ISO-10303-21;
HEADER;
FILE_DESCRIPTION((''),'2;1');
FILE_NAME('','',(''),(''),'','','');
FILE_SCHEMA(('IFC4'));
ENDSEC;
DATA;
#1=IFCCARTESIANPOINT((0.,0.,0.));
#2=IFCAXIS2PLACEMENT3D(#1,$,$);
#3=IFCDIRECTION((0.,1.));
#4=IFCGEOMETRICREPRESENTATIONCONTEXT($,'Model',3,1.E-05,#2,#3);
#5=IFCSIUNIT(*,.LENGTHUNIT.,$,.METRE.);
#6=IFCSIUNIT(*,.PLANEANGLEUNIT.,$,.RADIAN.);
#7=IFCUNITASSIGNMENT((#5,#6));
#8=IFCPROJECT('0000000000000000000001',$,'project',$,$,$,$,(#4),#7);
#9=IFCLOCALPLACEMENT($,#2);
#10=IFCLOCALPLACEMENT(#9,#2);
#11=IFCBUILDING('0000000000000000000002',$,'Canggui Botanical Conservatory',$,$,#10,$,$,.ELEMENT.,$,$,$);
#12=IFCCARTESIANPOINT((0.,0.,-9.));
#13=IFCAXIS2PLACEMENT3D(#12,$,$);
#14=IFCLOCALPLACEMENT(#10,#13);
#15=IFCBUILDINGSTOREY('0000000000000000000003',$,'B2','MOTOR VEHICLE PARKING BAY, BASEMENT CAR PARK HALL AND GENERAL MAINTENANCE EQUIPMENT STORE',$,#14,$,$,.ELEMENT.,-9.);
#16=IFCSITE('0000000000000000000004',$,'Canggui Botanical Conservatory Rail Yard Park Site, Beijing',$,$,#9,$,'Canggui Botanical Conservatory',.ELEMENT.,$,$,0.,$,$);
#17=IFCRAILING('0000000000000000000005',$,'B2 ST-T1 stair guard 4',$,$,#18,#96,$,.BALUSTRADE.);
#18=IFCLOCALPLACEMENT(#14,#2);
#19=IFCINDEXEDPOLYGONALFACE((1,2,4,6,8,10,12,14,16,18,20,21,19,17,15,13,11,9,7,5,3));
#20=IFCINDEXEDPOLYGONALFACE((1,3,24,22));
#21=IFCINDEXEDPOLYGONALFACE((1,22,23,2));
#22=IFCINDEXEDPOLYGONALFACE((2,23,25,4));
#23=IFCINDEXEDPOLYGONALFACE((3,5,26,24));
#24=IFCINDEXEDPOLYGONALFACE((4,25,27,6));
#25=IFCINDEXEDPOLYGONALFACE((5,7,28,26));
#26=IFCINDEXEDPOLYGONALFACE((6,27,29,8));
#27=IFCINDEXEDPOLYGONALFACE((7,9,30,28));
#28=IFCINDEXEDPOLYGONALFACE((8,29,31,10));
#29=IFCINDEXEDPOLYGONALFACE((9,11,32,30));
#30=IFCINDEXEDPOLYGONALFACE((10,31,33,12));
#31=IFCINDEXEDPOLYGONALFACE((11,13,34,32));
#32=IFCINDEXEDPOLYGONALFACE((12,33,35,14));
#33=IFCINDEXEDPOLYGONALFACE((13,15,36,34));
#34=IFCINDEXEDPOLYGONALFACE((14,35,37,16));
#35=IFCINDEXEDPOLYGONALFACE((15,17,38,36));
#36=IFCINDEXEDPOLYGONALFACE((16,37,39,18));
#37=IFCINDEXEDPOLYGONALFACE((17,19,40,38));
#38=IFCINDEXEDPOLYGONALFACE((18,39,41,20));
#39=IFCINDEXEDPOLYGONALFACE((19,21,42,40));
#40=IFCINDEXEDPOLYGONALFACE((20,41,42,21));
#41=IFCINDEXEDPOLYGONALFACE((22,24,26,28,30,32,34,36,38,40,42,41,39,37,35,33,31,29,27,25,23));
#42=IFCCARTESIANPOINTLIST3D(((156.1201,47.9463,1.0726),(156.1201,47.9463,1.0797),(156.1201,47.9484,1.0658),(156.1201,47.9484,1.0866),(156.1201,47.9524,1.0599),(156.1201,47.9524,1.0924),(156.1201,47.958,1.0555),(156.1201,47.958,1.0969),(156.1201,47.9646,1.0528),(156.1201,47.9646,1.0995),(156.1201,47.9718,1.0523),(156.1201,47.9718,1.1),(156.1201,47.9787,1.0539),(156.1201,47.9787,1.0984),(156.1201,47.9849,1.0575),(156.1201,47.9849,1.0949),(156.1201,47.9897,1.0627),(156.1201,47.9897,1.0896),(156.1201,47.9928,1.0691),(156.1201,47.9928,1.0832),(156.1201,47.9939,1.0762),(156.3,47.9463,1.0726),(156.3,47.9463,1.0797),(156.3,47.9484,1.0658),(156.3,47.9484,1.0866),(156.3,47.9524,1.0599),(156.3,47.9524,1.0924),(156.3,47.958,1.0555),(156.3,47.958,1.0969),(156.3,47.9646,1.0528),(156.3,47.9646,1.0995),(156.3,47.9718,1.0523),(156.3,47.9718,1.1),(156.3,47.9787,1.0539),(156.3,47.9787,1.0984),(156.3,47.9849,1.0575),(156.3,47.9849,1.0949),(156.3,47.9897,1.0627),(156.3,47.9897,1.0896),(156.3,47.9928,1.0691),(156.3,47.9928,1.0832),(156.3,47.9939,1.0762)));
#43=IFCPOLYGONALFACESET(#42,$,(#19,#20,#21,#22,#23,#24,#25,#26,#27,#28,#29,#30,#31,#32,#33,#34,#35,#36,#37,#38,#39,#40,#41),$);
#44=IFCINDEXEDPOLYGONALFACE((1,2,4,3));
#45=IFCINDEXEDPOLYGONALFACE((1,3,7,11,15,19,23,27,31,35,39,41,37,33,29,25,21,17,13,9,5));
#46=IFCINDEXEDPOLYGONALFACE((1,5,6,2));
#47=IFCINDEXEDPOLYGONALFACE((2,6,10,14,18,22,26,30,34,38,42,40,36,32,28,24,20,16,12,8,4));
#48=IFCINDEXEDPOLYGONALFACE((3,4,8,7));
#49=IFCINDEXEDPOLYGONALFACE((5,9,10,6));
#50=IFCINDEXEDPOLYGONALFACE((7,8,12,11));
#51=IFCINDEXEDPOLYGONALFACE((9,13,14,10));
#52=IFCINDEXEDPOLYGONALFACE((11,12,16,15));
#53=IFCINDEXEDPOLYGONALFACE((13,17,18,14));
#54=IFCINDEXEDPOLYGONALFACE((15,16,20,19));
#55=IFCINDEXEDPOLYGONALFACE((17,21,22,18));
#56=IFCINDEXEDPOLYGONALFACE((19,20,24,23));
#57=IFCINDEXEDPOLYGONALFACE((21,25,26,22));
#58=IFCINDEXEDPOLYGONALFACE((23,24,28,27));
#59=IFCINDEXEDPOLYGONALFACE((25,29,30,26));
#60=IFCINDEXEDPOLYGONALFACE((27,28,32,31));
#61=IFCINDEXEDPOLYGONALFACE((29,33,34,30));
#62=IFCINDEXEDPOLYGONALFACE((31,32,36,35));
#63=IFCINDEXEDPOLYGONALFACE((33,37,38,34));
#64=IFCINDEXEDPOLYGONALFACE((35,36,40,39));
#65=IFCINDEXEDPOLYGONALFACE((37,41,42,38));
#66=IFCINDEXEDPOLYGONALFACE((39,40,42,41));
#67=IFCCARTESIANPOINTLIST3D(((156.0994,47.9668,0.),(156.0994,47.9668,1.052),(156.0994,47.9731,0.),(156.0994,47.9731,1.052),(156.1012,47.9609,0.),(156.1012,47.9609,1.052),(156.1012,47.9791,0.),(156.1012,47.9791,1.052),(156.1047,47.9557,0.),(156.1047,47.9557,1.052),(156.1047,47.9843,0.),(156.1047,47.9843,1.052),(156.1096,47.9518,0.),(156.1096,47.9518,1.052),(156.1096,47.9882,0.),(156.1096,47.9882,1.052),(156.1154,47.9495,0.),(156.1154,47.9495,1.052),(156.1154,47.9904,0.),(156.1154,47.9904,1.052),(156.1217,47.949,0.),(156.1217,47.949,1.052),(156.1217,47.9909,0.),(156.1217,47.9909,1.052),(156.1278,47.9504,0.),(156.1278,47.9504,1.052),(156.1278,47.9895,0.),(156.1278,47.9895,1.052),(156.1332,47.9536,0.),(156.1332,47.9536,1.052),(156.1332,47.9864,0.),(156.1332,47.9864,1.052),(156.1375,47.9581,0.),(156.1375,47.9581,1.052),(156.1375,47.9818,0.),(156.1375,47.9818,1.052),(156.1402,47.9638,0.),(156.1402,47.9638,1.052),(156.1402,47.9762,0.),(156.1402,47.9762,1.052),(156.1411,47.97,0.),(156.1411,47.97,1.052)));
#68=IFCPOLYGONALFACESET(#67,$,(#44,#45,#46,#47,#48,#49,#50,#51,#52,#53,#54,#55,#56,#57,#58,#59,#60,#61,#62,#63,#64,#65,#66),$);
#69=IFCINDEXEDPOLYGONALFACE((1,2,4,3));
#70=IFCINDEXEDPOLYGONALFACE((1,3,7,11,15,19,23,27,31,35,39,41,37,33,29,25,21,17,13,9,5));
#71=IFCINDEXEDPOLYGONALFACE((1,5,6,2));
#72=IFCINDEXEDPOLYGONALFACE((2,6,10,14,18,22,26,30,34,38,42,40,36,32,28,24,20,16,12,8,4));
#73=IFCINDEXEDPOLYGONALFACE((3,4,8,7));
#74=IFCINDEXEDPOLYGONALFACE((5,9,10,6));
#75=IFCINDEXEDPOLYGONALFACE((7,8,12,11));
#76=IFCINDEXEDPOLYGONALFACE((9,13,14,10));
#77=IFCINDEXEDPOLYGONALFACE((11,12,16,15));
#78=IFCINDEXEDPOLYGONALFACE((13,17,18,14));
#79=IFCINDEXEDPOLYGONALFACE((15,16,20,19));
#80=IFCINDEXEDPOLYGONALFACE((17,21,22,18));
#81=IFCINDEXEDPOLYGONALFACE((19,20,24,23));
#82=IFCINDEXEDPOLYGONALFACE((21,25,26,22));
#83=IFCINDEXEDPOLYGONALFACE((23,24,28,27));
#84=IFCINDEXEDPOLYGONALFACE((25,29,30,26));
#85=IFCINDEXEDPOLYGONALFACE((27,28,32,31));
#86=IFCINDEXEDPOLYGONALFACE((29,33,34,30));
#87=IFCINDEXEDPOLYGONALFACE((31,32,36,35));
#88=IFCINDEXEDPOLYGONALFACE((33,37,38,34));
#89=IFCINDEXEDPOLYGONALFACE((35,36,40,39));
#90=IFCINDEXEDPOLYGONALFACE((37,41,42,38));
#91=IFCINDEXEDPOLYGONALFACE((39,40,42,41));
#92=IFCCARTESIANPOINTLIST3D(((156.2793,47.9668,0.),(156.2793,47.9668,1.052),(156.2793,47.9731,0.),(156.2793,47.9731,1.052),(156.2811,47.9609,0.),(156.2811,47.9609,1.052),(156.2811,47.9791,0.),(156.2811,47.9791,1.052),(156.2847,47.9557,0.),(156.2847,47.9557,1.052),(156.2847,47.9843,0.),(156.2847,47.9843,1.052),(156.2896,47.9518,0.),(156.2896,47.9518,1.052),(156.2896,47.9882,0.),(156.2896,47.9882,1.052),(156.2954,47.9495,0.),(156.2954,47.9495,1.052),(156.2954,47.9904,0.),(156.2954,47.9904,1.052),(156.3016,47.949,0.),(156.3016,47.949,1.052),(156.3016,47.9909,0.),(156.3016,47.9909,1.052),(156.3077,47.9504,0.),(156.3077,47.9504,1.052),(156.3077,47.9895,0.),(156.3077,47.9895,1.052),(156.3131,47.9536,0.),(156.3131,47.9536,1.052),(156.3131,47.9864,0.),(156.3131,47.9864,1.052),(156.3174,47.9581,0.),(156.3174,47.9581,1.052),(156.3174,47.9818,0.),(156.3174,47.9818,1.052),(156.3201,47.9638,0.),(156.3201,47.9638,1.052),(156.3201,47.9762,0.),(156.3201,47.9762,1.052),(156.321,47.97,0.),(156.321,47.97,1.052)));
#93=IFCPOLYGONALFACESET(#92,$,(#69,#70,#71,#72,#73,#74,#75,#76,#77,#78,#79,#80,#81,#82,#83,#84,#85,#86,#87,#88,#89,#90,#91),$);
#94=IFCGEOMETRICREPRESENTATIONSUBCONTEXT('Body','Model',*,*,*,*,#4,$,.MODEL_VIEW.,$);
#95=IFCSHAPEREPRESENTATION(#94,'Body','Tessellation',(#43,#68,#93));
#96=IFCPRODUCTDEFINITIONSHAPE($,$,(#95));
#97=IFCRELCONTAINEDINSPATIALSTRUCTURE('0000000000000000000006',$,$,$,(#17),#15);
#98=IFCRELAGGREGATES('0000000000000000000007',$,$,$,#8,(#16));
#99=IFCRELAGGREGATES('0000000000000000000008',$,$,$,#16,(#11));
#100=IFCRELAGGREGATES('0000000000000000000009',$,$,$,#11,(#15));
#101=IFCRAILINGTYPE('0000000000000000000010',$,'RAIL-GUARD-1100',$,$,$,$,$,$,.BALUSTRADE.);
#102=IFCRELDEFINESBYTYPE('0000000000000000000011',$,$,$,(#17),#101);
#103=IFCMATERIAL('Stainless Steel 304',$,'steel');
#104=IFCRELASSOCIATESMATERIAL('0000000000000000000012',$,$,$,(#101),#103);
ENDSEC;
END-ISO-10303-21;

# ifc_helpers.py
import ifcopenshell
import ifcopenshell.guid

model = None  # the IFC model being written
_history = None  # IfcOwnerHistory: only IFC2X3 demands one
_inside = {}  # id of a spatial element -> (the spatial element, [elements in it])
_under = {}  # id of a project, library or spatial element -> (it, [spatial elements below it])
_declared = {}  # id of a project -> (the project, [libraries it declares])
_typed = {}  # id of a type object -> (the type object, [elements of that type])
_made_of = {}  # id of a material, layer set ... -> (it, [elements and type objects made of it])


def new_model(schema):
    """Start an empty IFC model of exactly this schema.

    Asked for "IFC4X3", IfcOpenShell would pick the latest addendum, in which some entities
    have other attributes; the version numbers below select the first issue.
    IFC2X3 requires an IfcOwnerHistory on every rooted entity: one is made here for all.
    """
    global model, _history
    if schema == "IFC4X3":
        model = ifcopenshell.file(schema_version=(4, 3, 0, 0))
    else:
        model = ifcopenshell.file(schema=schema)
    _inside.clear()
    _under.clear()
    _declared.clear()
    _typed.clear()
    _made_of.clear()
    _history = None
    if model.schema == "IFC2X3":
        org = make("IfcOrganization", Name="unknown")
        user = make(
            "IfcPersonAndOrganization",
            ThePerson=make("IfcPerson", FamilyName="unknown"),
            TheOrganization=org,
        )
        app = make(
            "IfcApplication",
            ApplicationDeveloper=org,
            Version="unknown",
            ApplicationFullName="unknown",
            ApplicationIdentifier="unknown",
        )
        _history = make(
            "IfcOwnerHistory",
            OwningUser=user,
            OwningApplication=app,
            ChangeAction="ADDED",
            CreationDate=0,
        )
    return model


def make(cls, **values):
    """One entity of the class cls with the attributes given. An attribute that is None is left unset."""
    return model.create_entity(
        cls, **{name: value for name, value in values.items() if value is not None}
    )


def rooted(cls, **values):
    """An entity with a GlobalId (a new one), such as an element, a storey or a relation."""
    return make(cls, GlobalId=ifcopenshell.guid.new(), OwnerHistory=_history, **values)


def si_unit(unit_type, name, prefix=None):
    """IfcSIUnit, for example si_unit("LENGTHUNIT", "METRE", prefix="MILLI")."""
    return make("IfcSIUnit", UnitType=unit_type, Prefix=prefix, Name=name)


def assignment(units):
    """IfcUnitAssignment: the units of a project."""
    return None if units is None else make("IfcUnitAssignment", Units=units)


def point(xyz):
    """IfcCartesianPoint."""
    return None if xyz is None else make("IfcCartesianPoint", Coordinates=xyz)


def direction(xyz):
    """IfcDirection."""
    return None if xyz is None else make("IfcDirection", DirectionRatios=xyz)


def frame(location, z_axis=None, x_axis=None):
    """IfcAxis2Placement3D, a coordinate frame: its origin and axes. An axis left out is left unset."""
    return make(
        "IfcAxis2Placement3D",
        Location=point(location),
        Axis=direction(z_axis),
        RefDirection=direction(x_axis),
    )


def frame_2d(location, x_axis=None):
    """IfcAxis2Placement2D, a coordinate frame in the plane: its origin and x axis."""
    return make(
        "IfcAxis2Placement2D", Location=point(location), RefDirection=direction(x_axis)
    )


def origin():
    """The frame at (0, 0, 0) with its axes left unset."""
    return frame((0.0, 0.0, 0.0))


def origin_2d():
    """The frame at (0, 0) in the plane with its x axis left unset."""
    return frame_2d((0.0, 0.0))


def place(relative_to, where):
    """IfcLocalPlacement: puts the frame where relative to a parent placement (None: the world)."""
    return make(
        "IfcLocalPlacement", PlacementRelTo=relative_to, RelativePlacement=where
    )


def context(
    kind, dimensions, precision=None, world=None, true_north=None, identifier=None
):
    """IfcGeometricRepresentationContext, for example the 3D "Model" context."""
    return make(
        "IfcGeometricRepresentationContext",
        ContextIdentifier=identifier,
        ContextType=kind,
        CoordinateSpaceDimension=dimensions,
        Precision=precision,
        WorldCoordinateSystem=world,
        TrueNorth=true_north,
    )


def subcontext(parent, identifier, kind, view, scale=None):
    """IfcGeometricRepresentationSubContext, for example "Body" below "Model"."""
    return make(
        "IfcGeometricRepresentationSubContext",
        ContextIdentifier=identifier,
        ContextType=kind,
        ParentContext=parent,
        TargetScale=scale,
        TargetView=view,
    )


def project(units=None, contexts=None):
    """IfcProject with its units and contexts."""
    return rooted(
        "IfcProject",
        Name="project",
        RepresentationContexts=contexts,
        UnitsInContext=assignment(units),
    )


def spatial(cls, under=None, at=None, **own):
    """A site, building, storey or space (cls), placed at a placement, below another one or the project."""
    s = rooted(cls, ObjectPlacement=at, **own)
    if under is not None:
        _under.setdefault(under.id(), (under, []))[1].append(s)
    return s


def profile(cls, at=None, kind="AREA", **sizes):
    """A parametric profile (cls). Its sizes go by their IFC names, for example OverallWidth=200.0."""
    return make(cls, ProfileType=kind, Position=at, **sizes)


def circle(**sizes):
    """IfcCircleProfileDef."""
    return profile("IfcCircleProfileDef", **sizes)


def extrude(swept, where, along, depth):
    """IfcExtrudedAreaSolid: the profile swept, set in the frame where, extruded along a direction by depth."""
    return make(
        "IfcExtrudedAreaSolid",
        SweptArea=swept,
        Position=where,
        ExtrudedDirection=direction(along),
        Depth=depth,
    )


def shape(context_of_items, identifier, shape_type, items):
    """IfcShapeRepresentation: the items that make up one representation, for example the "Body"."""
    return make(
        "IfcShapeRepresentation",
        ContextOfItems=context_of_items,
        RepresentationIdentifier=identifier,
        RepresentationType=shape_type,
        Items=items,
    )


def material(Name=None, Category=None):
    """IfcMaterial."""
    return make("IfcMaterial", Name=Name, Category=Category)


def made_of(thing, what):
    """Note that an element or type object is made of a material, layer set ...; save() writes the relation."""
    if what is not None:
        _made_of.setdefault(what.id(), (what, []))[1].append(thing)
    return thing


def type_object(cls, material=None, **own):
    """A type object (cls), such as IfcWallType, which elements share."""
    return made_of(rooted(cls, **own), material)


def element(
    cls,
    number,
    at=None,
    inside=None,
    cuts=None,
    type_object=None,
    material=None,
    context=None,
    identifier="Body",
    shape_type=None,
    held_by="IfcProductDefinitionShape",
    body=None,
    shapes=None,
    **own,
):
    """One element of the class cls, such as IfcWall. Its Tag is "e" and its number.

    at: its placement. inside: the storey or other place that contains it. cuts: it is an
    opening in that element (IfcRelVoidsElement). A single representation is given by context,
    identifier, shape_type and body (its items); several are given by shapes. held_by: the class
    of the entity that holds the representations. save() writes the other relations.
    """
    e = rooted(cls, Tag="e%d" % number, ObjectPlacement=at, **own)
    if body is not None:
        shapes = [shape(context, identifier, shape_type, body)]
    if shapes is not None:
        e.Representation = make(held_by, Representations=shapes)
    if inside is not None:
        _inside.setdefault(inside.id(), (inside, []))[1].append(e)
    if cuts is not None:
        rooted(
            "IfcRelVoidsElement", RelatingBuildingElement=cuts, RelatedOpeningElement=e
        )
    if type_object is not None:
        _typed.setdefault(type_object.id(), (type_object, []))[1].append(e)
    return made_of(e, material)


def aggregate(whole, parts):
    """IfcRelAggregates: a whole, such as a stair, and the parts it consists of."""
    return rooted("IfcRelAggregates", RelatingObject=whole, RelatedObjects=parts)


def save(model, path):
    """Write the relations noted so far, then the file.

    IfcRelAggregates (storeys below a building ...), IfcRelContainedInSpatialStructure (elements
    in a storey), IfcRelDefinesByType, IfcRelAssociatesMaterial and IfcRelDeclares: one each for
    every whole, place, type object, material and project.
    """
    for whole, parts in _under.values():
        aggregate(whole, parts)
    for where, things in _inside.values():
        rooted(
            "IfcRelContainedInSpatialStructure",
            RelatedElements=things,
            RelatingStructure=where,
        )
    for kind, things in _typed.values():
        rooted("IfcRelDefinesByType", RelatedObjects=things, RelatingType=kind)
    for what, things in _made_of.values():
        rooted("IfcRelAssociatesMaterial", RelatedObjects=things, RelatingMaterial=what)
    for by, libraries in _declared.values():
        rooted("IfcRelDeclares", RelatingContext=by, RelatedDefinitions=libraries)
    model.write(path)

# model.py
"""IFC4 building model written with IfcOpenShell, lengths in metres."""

from ifc_helpers import new_model, si_unit, direction, frame, origin, origin_2d, place, context, subcontext, project, spatial, circle, extrude, material, type_object, element, save


model = new_model("IFC4")

# Units and contexts
model_context = context("Model", 3, precision=1e-05, world=origin(), true_north=direction((0.0, 1.0)))
body_context = subcontext(model_context, "Body", "Model", "MODEL_VIEW")
ifc_project = project(units=[si_unit("LENGTHUNIT", "METRE"), si_unit("PLANEANGLEUNIT", "RADIAN")], contexts=[model_context])

# Site, building, storey
site_placement = place(None, origin())
site = spatial("IfcSite", under=ifc_project, at=site_placement, Name="Canggui Botanical Conservatory Rail Yard Park Site, Beijing", LongName="Canggui Botanical Conservatory", CompositionType="ELEMENT", RefElevation=0.0)
building_placement = place(site_placement, origin())
building = spatial("IfcBuilding", under=site, at=building_placement, Name="Canggui Botanical Conservatory", CompositionType="ELEMENT")
storey_placement = place(building_placement, frame((0.0, 0.0, -9.0)))
storey = spatial("IfcBuildingStorey", under=building, at=storey_placement, Name="B2", Description="MOTOR VEHICLE PARKING BAY, BASEMENT CAR PARK HALL AND GENERAL MAINTENANCE EQUIPMENT STORE", CompositionType="ELEMENT", Elevation=-9.0)

# Railing
ifc_material_1 = material(Name="Stainless Steel 304", Category="steel")
railing_type_1 = type_object("IfcRailingType", Name="RAIL-GUARD-1100", PredefinedType="BALUSTRADE", material=ifc_material_1)
railing_1_placement = place(storey_placement, frame((156.1201, 47.97, 0.0)))
element("IfcRailing", 1, at=railing_1_placement, inside=storey, type_object=railing_type_1, Name="B2 ST-T1 stair guard 4", PredefinedType="BALUSTRADE", context=body_context, shape_type="SweptSolid", body=[
    extrude(circle(Radius=0.0239, at=origin_2d()), frame((0.0, 0.0, 1.0762), z_axis=(1.0, 0.0, 0.0), x_axis=(0.0, 1.0, 0.0)), (0.0, 0.0, 1.0), 0.1799),
    extrude(circle(Radius=0.021, at=origin_2d()), origin(), (0.0, 0.0, 1.0), 1.052),
    extrude(circle(Radius=0.021, at=origin_2d()), frame((0.1799, 0.0, 0.0)), (0.0, 0.0, 1.0), 1.052),
])

save(model, "model.ifc")
